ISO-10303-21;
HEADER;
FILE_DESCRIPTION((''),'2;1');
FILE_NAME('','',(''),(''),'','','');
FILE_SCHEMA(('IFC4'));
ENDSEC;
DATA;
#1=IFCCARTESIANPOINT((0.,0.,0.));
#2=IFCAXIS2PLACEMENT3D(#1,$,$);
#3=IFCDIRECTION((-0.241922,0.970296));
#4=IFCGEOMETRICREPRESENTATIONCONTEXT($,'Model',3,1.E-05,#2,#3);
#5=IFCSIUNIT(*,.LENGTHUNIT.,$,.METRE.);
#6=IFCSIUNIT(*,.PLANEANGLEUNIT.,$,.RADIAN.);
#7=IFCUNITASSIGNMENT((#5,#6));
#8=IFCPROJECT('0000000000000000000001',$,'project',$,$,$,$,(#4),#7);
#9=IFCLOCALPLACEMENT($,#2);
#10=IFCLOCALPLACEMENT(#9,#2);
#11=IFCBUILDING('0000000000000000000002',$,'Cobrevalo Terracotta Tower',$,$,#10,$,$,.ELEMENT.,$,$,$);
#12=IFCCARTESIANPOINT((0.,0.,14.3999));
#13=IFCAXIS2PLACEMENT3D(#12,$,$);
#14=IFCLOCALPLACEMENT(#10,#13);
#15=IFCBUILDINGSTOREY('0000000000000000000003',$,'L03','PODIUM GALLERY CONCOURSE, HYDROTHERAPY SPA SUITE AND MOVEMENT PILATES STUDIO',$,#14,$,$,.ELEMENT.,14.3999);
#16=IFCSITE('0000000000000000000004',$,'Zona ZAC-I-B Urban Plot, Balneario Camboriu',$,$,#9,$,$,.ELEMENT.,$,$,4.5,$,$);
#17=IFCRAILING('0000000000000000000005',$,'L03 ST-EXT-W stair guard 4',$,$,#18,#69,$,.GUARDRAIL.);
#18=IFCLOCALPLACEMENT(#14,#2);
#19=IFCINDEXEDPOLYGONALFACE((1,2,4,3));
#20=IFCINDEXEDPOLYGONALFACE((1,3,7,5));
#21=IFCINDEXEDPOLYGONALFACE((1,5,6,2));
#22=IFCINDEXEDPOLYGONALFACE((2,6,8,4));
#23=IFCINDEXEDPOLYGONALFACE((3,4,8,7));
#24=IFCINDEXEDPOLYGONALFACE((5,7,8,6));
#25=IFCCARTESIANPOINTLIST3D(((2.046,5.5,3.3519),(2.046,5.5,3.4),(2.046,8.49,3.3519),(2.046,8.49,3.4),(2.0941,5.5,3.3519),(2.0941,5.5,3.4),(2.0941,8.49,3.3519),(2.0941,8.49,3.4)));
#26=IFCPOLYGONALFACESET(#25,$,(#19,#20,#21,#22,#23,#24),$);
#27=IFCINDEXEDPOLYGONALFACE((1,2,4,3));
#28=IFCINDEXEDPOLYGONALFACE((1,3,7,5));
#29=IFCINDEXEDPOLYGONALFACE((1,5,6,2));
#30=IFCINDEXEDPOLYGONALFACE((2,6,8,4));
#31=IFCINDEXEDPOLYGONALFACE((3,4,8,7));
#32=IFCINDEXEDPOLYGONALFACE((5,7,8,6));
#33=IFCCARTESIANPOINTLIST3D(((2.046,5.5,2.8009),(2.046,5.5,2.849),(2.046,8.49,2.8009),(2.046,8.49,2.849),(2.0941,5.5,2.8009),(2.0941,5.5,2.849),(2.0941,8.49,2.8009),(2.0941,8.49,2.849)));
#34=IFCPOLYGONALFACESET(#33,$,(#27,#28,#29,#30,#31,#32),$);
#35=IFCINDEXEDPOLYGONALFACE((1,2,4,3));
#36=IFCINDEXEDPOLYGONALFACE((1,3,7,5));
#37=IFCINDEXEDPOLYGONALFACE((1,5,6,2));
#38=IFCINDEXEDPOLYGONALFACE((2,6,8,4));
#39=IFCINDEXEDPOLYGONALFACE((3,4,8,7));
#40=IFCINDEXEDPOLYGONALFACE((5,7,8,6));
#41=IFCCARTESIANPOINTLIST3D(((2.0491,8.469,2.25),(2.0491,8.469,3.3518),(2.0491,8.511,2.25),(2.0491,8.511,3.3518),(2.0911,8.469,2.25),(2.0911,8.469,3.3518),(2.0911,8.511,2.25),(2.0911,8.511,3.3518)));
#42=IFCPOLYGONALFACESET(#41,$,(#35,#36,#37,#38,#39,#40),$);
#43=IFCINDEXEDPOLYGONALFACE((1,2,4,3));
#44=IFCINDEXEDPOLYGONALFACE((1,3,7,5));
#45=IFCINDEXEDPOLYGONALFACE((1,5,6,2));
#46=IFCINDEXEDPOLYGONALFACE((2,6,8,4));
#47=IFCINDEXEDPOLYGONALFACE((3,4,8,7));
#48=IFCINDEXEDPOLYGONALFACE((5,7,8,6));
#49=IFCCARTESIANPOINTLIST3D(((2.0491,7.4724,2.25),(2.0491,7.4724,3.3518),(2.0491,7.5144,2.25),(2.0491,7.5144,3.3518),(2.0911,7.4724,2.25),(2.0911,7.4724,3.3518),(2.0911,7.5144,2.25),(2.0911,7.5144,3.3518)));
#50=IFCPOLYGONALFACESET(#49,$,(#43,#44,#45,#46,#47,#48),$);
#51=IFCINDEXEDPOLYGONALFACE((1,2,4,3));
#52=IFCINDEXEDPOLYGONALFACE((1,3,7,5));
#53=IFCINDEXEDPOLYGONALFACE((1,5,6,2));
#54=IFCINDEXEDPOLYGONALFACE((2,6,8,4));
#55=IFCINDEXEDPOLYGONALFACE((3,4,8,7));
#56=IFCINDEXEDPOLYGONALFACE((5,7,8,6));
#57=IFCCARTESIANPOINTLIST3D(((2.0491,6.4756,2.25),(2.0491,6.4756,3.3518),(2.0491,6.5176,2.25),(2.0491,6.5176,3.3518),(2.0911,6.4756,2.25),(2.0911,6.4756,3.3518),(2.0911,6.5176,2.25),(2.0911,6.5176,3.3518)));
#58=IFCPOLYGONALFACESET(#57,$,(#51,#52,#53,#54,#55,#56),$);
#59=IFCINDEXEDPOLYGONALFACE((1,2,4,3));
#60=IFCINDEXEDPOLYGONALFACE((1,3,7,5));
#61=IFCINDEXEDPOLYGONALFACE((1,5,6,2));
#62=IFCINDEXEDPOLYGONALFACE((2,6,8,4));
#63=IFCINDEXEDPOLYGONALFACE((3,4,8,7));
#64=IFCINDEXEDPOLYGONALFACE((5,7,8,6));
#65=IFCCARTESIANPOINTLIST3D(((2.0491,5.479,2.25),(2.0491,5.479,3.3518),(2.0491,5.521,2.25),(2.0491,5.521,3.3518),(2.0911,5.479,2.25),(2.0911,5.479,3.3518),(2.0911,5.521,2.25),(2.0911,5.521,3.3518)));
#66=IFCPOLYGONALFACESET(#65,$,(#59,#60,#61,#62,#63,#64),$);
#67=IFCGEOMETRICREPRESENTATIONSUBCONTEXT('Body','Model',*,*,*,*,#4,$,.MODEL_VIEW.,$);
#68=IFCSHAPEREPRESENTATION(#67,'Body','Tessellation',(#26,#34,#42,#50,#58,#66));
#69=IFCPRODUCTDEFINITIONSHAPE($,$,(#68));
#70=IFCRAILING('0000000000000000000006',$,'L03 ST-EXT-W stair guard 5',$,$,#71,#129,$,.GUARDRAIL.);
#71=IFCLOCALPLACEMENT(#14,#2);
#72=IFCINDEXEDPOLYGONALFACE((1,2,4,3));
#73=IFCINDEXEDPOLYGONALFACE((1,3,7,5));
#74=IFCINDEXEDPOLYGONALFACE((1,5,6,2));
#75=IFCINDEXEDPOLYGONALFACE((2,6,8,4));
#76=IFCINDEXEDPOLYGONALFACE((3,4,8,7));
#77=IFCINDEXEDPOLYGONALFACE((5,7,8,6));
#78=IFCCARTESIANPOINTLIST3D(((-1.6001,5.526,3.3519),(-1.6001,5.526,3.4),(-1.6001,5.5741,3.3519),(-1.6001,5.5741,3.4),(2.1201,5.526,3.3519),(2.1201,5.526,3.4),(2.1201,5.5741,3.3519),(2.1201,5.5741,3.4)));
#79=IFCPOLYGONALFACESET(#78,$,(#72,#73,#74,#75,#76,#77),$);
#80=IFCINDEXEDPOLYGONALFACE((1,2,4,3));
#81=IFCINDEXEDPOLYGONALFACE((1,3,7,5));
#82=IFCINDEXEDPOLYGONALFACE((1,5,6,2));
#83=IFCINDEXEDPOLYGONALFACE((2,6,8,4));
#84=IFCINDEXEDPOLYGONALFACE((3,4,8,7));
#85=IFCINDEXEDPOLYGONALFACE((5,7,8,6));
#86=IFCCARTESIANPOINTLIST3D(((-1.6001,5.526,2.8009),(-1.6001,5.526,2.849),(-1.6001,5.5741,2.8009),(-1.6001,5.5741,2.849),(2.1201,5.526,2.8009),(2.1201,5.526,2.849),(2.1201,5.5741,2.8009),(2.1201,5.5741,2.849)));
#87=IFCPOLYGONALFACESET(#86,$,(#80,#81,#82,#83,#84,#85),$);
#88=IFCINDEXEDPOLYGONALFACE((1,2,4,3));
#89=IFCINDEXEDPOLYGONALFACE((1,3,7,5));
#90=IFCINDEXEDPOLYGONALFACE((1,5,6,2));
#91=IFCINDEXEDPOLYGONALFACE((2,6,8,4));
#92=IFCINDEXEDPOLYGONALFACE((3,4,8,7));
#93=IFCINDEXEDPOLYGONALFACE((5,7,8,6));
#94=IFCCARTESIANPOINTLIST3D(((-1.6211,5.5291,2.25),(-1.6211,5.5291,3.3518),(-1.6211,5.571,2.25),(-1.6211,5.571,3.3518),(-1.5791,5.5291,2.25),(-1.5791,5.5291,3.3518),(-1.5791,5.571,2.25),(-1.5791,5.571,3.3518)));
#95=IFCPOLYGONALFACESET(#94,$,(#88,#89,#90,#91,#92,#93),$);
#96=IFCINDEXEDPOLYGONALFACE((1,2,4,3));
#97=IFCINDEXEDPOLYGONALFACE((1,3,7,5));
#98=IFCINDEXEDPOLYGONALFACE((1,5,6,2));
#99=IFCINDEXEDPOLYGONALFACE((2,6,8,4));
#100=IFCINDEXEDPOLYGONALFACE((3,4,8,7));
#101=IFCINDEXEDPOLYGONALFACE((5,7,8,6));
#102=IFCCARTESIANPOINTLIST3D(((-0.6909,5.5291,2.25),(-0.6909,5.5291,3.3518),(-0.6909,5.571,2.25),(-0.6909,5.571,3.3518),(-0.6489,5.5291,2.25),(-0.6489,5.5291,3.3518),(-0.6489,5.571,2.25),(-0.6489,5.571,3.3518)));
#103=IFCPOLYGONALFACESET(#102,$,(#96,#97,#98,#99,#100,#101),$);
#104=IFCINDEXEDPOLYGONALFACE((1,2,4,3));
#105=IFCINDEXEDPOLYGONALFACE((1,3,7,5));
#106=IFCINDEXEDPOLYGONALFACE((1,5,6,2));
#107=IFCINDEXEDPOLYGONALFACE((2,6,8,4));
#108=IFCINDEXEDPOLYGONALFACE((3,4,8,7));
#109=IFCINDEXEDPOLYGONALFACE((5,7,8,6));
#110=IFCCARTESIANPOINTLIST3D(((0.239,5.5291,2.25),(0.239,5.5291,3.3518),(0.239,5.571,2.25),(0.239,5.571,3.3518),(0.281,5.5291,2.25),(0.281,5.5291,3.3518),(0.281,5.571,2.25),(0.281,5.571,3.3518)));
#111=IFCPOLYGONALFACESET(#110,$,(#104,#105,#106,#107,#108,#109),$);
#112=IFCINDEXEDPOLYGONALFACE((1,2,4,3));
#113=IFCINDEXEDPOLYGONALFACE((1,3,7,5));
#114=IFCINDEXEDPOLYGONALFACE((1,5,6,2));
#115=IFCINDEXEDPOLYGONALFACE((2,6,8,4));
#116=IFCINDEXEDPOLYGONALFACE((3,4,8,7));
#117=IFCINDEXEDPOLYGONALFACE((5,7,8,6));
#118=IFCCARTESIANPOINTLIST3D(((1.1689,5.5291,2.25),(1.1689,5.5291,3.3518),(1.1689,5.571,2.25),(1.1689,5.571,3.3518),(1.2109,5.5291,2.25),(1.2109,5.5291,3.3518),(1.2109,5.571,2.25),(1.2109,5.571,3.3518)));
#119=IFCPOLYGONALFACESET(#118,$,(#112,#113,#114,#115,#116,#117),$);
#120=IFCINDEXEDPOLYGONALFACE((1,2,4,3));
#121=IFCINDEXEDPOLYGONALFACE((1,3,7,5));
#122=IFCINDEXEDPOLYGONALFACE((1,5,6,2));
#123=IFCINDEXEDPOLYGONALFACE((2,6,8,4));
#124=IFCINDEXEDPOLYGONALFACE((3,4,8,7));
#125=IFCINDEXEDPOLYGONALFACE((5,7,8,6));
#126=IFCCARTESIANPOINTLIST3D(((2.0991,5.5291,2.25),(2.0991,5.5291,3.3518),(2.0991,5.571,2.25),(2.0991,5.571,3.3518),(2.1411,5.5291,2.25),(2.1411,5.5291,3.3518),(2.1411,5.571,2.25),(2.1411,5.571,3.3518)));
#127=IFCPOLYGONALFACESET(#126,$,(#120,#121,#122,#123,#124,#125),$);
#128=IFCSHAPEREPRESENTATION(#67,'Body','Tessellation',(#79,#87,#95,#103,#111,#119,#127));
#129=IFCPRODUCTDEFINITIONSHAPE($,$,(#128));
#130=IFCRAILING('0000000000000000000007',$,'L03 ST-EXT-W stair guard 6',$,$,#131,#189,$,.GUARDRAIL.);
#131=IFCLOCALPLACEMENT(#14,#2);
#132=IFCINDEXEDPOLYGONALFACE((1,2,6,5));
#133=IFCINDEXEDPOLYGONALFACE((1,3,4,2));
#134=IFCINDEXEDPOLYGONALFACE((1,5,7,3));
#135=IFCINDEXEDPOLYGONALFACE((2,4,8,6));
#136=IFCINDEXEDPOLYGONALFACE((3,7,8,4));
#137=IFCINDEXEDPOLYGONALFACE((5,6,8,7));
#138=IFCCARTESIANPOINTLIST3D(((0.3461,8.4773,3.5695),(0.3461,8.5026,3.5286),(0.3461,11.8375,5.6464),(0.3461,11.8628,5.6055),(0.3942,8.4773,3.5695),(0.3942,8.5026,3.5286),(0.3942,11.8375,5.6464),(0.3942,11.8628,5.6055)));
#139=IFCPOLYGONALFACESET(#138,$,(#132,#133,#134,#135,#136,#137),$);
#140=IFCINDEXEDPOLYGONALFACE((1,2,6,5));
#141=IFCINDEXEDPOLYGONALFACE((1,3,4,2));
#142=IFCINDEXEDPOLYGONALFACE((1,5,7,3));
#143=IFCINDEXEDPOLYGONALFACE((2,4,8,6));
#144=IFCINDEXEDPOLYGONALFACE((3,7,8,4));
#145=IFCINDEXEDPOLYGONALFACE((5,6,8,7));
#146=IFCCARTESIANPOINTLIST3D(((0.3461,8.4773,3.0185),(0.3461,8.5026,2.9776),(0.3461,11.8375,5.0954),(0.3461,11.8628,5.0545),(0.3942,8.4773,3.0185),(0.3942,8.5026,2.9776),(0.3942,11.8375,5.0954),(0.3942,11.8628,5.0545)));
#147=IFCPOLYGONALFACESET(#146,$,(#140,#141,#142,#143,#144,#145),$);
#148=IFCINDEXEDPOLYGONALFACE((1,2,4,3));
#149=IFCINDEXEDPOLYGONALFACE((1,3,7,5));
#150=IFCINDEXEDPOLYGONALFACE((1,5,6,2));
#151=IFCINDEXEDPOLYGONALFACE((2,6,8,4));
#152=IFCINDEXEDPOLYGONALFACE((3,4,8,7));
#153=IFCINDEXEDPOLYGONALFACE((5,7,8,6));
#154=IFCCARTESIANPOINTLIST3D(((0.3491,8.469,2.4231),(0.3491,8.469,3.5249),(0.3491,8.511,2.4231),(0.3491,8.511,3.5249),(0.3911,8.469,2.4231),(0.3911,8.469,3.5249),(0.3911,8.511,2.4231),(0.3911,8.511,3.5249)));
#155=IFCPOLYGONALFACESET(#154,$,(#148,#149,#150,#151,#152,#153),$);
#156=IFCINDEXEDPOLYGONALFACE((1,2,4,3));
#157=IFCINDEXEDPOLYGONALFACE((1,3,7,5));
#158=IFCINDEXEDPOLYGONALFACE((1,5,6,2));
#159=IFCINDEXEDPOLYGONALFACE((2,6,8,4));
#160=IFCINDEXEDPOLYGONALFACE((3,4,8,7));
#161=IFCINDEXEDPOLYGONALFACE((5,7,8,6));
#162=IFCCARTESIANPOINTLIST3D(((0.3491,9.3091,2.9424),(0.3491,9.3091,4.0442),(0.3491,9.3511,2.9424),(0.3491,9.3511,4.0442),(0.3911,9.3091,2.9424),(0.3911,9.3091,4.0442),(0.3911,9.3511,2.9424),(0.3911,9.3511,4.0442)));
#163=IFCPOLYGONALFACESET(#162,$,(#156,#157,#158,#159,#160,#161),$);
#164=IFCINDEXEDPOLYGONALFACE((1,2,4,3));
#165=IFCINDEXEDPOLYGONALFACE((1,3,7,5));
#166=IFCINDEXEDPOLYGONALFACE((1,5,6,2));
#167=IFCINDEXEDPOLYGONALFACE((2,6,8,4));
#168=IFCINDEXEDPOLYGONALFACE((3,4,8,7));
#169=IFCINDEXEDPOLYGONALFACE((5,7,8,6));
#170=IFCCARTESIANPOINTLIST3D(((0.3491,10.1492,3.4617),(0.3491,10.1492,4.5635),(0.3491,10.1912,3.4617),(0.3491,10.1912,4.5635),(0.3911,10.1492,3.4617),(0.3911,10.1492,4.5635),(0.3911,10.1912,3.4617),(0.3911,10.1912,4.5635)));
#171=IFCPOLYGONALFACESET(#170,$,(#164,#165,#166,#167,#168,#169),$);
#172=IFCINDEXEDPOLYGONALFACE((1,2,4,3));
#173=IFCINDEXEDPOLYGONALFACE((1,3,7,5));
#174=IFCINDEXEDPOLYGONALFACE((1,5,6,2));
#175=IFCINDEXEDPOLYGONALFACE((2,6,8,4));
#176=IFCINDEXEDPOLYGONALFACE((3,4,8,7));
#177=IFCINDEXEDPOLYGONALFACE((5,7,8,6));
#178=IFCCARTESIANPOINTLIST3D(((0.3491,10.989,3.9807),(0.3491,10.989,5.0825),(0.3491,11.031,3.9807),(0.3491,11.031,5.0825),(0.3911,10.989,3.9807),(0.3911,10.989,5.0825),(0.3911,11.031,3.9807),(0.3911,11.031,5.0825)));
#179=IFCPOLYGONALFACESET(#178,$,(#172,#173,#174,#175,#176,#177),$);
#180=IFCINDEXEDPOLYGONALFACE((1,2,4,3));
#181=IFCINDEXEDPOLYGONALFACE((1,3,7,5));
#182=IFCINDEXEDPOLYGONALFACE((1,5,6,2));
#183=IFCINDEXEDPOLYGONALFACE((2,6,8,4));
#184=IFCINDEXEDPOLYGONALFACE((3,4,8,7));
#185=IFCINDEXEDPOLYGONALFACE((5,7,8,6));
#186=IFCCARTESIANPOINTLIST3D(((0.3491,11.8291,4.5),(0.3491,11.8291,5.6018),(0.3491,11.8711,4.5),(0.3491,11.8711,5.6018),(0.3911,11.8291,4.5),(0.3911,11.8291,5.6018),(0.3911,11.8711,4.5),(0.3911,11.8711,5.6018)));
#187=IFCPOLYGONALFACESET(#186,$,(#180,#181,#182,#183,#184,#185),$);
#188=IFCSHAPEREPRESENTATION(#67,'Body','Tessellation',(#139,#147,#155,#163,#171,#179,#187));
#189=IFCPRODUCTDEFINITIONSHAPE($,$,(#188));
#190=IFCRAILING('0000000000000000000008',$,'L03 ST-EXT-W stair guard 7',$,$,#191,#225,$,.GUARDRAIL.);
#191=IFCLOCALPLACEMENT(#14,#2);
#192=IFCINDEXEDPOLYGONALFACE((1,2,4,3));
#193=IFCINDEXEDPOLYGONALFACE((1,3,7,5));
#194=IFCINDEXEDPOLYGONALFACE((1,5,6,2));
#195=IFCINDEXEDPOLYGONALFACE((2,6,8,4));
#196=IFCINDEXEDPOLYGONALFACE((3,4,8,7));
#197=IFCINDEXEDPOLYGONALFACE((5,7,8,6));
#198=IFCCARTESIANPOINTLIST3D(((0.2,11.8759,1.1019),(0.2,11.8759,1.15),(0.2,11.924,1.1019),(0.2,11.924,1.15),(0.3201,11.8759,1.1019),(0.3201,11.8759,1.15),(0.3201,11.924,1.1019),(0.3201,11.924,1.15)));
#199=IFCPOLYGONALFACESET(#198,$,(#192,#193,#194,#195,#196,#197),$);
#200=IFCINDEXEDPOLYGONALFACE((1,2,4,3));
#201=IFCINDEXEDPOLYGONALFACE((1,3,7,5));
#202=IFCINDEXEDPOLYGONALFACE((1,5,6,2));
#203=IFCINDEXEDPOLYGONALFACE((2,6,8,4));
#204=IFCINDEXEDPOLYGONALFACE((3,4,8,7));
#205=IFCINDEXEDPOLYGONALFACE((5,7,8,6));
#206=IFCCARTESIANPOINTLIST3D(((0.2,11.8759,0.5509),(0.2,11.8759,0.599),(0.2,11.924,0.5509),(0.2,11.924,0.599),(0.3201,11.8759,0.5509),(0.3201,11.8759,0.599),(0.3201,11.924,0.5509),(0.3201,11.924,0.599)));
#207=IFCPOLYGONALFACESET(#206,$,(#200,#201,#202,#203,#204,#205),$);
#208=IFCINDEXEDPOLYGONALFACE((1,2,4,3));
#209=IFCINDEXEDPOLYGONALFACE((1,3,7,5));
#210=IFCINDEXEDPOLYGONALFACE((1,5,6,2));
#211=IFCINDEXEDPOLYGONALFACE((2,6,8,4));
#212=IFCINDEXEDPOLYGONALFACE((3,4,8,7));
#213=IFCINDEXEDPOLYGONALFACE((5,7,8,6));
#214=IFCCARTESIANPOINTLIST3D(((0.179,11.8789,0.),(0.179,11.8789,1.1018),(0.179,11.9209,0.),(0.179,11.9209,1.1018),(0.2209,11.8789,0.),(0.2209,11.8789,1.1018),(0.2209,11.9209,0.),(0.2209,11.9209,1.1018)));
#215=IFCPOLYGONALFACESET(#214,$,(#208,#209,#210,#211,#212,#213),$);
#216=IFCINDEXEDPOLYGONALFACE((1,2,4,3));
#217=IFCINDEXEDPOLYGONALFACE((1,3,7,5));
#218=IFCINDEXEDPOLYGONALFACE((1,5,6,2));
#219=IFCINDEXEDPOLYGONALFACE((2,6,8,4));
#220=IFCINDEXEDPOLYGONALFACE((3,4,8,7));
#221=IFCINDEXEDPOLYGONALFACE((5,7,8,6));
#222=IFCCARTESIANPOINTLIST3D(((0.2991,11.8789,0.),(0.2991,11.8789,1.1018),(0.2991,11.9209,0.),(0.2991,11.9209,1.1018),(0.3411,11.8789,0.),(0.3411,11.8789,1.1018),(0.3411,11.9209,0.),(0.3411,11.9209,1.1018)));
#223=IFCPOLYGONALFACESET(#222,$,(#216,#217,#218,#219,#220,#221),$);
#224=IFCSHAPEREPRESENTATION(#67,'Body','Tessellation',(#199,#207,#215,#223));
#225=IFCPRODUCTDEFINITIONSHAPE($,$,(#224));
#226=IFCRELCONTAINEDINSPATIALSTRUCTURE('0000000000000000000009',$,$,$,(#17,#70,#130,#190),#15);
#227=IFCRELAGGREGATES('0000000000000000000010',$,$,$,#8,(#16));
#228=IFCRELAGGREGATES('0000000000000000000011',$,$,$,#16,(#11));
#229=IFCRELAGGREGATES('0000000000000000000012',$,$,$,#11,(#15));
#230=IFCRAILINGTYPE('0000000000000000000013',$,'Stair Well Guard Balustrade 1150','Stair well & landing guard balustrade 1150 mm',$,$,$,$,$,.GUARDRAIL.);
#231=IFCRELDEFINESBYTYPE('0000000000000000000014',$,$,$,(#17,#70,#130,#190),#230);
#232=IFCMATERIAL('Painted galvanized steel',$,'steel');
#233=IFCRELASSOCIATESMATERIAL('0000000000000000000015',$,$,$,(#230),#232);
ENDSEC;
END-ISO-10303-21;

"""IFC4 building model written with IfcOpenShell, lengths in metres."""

from ifc_helpers import new_model, si_unit, direction, frame, origin, origin_2d, place, context, subcontext, project, spatial, rectangle, extrude, material, type_object, element, save


model = new_model("IFC4")

# Units and contexts
model_context = context("Model", 3, precision=1e-05, world=origin(), true_north=direction((-0.241922, 0.970296)))
body_context = subcontext(model_context, "Body", "Model", "MODEL_VIEW")
ifc_project = project(units=[si_unit("LENGTHUNIT", "METRE"), si_unit("PLANEANGLEUNIT", "RADIAN")], contexts=[model_context])

# Site, building, storey
site_placement = place(None, origin())
site = spatial("IfcSite", under=ifc_project, at=site_placement, Name="Zona ZAC-I-B Urban Plot, Balneario Camboriu", CompositionType="ELEMENT", RefElevation=4.5)
building_placement = place(site_placement, origin())
building = spatial("IfcBuilding", under=site, at=building_placement, Name="Cobrevalo Terracotta Tower", CompositionType="ELEMENT")
storey_placement = place(building_placement, frame((0.0, 0.0, 14.3999)))
storey = spatial("IfcBuildingStorey", under=building, at=storey_placement, Name="L03", Description="PODIUM GALLERY CONCOURSE, HYDROTHERAPY SPA SUITE AND MOVEMENT PILATES STUDIO", CompositionType="ELEMENT", Elevation=14.3999)

# Railings
ifc_material_1 = material(Name="Painted galvanized steel", Category="steel")
railing_type_1 = type_object("IfcRailingType", Name="Stair Well Guard Balustrade 1150", Description="Stair well & landing guard balustrade 1150 mm", PredefinedType="GUARDRAIL", material=ifc_material_1)
for number, where, name in (
    (1, (2.0701, 8.49, 2.25), "L03 ST-EXT-W stair guard 4"),
):
    element("IfcRailing", number, at=place(storey_placement, frame(where)), inside=storey, type_object=railing_type_1, Name=name, PredefinedType="GUARDRAIL", context=body_context, shape_type="SweptSolid", body=[
        extrude(rectangle(XDim=0.0481, YDim=0.0481, at=origin_2d()), frame((0.0, 0.0, 1.126), z_axis=(0.0, -1.0, 0.0), x_axis=(1.0, 0.0, 0.0)), (0.0, 0.0, 1.0), 2.99),
        extrude(rectangle(XDim=0.0481, YDim=0.0481, at=origin_2d()), frame((0.0, 0.0, 0.575), z_axis=(0.0, -1.0, 0.0), x_axis=(1.0, 0.0, 0.0)), (0.0, 0.0, 1.0), 2.99),
        extrude(rectangle(XDim=0.042, YDim=0.042, at=origin_2d()), origin(), (0.0, 0.0, 1.0), 1.1018),
        extrude(rectangle(XDim=0.042, YDim=0.042, at=origin_2d()), frame((0.0, -0.9966, 0.0)), (0.0, 0.0, 1.0), 1.1018),
        extrude(rectangle(XDim=0.042, YDim=0.042, at=origin_2d()), frame((0.0, -1.9934, 0.0)), (0.0, 0.0, 1.0), 1.1018),
        extrude(rectangle(XDim=0.042, YDim=0.042, at=origin_2d()), frame((0.0, -2.99, 0.0)), (0.0, 0.0, 1.0), 1.1018),
    ])
railing_1_placement = place(storey_placement, frame((-1.6001, 5.55, 2.25)))
element("IfcRailing", 2, at=railing_1_placement, inside=storey, type_object=railing_type_1, Name="L03 ST-EXT-W stair guard 5", PredefinedType="GUARDRAIL", context=body_context, shape_type="SweptSolid", body=[
    extrude(rectangle(XDim=0.0481, YDim=0.0481, at=origin_2d()), frame((0.0, 0.0, 1.126), z_axis=(1.0, 0.0, 0.0), x_axis=(0.0, 1.0, 0.0)), (0.0, 0.0, 1.0), 3.7202),
    extrude(rectangle(XDim=0.0481, YDim=0.0481, at=origin_2d()), frame((0.0, 0.0, 0.575), z_axis=(1.0, 0.0, 0.0), x_axis=(0.0, 1.0, 0.0)), (0.0, 0.0, 1.0), 3.7202),
    extrude(rectangle(XDim=0.042, YDim=0.042, at=origin_2d()), origin(), (0.0, 0.0, 1.0), 1.1018),
    extrude(rectangle(XDim=0.042, YDim=0.042, at=origin_2d()), frame((0.9302, 0.0, 0.0)), (0.0, 0.0, 1.0), 1.1018),
    extrude(rectangle(XDim=0.042, YDim=0.042, at=origin_2d()), frame((1.8601, 0.0, 0.0)), (0.0, 0.0, 1.0), 1.1018),
    extrude(rectangle(XDim=0.042, YDim=0.042, at=origin_2d()), frame((2.79, 0.0, 0.0)), (0.0, 0.0, 1.0), 1.1018),
    extrude(rectangle(XDim=0.042, YDim=0.042, at=origin_2d()), frame((3.7202, 0.0, 0.0)), (0.0, 0.0, 1.0), 1.1018),
])
railing_2_placement = place(storey_placement, frame((0.3701, 8.49, 2.4231)))
element("IfcRailing", 3, at=railing_2_placement, inside=storey, type_object=railing_type_1, Name="L03 ST-EXT-W stair guard 6", PredefinedType="GUARDRAIL", context=body_context, shape_type="SweptSolid", body=[
    extrude(rectangle(XDim=0.0481, YDim=0.0481, at=origin_2d()), frame((0.0, 0.0, 1.126), z_axis=(0.0, 0.850623, 0.525776), x_axis=(-1.0, 0.0, 0.0)), (0.0, 0.0, 1.0), 3.9502),
    extrude(rectangle(XDim=0.0481, YDim=0.0481, at=origin_2d()), frame((0.0, 0.0, 0.575), z_axis=(0.0, 0.850623, 0.525776), x_axis=(-1.0, 0.0, 0.0)), (0.0, 0.0, 1.0), 3.9502),
    extrude(rectangle(XDim=0.042, YDim=0.042, at=origin_2d()), origin(), (0.0, 0.0, 1.0), 1.1018),
    extrude(rectangle(XDim=0.042, YDim=0.042, at=origin_2d()), frame((0.0, 0.8401, 0.5193)), (0.0, 0.0, 1.0), 1.1018),
    extrude(rectangle(XDim=0.042, YDim=0.042, at=origin_2d()), frame((0.0, 1.6802, 1.0386)), (0.0, 0.0, 1.0), 1.1018),
    extrude(rectangle(XDim=0.042, YDim=0.042, at=origin_2d()), frame((0.0, 2.52, 1.5576)), (0.0, 0.0, 1.0), 1.1018),
    extrude(rectangle(XDim=0.042, YDim=0.042, at=origin_2d()), frame((0.0, 3.3601, 2.0769)), (0.0, 0.0, 1.0), 1.1018),
])
railing_3_placement = place(storey_placement, frame((0.2, 11.8999, 0.0)))
element("IfcRailing", 4, at=railing_3_placement, inside=storey, type_object=railing_type_1, Name="L03 ST-EXT-W stair guard 7", PredefinedType="GUARDRAIL", context=body_context, shape_type="SweptSolid", body=[
    extrude(rectangle(XDim=0.0481, YDim=0.0481, at=origin_2d()), frame((0.0, 0.0, 1.126), z_axis=(1.0, 0.0, 0.0), x_axis=(0.0, 1.0, 0.0)), (0.0, 0.0, 1.0), 0.1201),
    extrude(rectangle(XDim=0.0481, YDim=0.0481, at=origin_2d()), frame((0.0, 0.0, 0.575), z_axis=(1.0, 0.0, 0.0), x_axis=(0.0, 1.0, 0.0)), (0.0, 0.0, 1.0), 0.1201),
    extrude(rectangle(XDim=0.042, YDim=0.042, at=origin_2d()), origin(), (0.0, 0.0, 1.0), 1.1018),
    extrude(rectangle(XDim=0.042, YDim=0.042, at=origin_2d()), frame((0.1201, 0.0, 0.0)), (0.0, 0.0, 1.0), 1.1018),
])

save(model, "model.ifc")
